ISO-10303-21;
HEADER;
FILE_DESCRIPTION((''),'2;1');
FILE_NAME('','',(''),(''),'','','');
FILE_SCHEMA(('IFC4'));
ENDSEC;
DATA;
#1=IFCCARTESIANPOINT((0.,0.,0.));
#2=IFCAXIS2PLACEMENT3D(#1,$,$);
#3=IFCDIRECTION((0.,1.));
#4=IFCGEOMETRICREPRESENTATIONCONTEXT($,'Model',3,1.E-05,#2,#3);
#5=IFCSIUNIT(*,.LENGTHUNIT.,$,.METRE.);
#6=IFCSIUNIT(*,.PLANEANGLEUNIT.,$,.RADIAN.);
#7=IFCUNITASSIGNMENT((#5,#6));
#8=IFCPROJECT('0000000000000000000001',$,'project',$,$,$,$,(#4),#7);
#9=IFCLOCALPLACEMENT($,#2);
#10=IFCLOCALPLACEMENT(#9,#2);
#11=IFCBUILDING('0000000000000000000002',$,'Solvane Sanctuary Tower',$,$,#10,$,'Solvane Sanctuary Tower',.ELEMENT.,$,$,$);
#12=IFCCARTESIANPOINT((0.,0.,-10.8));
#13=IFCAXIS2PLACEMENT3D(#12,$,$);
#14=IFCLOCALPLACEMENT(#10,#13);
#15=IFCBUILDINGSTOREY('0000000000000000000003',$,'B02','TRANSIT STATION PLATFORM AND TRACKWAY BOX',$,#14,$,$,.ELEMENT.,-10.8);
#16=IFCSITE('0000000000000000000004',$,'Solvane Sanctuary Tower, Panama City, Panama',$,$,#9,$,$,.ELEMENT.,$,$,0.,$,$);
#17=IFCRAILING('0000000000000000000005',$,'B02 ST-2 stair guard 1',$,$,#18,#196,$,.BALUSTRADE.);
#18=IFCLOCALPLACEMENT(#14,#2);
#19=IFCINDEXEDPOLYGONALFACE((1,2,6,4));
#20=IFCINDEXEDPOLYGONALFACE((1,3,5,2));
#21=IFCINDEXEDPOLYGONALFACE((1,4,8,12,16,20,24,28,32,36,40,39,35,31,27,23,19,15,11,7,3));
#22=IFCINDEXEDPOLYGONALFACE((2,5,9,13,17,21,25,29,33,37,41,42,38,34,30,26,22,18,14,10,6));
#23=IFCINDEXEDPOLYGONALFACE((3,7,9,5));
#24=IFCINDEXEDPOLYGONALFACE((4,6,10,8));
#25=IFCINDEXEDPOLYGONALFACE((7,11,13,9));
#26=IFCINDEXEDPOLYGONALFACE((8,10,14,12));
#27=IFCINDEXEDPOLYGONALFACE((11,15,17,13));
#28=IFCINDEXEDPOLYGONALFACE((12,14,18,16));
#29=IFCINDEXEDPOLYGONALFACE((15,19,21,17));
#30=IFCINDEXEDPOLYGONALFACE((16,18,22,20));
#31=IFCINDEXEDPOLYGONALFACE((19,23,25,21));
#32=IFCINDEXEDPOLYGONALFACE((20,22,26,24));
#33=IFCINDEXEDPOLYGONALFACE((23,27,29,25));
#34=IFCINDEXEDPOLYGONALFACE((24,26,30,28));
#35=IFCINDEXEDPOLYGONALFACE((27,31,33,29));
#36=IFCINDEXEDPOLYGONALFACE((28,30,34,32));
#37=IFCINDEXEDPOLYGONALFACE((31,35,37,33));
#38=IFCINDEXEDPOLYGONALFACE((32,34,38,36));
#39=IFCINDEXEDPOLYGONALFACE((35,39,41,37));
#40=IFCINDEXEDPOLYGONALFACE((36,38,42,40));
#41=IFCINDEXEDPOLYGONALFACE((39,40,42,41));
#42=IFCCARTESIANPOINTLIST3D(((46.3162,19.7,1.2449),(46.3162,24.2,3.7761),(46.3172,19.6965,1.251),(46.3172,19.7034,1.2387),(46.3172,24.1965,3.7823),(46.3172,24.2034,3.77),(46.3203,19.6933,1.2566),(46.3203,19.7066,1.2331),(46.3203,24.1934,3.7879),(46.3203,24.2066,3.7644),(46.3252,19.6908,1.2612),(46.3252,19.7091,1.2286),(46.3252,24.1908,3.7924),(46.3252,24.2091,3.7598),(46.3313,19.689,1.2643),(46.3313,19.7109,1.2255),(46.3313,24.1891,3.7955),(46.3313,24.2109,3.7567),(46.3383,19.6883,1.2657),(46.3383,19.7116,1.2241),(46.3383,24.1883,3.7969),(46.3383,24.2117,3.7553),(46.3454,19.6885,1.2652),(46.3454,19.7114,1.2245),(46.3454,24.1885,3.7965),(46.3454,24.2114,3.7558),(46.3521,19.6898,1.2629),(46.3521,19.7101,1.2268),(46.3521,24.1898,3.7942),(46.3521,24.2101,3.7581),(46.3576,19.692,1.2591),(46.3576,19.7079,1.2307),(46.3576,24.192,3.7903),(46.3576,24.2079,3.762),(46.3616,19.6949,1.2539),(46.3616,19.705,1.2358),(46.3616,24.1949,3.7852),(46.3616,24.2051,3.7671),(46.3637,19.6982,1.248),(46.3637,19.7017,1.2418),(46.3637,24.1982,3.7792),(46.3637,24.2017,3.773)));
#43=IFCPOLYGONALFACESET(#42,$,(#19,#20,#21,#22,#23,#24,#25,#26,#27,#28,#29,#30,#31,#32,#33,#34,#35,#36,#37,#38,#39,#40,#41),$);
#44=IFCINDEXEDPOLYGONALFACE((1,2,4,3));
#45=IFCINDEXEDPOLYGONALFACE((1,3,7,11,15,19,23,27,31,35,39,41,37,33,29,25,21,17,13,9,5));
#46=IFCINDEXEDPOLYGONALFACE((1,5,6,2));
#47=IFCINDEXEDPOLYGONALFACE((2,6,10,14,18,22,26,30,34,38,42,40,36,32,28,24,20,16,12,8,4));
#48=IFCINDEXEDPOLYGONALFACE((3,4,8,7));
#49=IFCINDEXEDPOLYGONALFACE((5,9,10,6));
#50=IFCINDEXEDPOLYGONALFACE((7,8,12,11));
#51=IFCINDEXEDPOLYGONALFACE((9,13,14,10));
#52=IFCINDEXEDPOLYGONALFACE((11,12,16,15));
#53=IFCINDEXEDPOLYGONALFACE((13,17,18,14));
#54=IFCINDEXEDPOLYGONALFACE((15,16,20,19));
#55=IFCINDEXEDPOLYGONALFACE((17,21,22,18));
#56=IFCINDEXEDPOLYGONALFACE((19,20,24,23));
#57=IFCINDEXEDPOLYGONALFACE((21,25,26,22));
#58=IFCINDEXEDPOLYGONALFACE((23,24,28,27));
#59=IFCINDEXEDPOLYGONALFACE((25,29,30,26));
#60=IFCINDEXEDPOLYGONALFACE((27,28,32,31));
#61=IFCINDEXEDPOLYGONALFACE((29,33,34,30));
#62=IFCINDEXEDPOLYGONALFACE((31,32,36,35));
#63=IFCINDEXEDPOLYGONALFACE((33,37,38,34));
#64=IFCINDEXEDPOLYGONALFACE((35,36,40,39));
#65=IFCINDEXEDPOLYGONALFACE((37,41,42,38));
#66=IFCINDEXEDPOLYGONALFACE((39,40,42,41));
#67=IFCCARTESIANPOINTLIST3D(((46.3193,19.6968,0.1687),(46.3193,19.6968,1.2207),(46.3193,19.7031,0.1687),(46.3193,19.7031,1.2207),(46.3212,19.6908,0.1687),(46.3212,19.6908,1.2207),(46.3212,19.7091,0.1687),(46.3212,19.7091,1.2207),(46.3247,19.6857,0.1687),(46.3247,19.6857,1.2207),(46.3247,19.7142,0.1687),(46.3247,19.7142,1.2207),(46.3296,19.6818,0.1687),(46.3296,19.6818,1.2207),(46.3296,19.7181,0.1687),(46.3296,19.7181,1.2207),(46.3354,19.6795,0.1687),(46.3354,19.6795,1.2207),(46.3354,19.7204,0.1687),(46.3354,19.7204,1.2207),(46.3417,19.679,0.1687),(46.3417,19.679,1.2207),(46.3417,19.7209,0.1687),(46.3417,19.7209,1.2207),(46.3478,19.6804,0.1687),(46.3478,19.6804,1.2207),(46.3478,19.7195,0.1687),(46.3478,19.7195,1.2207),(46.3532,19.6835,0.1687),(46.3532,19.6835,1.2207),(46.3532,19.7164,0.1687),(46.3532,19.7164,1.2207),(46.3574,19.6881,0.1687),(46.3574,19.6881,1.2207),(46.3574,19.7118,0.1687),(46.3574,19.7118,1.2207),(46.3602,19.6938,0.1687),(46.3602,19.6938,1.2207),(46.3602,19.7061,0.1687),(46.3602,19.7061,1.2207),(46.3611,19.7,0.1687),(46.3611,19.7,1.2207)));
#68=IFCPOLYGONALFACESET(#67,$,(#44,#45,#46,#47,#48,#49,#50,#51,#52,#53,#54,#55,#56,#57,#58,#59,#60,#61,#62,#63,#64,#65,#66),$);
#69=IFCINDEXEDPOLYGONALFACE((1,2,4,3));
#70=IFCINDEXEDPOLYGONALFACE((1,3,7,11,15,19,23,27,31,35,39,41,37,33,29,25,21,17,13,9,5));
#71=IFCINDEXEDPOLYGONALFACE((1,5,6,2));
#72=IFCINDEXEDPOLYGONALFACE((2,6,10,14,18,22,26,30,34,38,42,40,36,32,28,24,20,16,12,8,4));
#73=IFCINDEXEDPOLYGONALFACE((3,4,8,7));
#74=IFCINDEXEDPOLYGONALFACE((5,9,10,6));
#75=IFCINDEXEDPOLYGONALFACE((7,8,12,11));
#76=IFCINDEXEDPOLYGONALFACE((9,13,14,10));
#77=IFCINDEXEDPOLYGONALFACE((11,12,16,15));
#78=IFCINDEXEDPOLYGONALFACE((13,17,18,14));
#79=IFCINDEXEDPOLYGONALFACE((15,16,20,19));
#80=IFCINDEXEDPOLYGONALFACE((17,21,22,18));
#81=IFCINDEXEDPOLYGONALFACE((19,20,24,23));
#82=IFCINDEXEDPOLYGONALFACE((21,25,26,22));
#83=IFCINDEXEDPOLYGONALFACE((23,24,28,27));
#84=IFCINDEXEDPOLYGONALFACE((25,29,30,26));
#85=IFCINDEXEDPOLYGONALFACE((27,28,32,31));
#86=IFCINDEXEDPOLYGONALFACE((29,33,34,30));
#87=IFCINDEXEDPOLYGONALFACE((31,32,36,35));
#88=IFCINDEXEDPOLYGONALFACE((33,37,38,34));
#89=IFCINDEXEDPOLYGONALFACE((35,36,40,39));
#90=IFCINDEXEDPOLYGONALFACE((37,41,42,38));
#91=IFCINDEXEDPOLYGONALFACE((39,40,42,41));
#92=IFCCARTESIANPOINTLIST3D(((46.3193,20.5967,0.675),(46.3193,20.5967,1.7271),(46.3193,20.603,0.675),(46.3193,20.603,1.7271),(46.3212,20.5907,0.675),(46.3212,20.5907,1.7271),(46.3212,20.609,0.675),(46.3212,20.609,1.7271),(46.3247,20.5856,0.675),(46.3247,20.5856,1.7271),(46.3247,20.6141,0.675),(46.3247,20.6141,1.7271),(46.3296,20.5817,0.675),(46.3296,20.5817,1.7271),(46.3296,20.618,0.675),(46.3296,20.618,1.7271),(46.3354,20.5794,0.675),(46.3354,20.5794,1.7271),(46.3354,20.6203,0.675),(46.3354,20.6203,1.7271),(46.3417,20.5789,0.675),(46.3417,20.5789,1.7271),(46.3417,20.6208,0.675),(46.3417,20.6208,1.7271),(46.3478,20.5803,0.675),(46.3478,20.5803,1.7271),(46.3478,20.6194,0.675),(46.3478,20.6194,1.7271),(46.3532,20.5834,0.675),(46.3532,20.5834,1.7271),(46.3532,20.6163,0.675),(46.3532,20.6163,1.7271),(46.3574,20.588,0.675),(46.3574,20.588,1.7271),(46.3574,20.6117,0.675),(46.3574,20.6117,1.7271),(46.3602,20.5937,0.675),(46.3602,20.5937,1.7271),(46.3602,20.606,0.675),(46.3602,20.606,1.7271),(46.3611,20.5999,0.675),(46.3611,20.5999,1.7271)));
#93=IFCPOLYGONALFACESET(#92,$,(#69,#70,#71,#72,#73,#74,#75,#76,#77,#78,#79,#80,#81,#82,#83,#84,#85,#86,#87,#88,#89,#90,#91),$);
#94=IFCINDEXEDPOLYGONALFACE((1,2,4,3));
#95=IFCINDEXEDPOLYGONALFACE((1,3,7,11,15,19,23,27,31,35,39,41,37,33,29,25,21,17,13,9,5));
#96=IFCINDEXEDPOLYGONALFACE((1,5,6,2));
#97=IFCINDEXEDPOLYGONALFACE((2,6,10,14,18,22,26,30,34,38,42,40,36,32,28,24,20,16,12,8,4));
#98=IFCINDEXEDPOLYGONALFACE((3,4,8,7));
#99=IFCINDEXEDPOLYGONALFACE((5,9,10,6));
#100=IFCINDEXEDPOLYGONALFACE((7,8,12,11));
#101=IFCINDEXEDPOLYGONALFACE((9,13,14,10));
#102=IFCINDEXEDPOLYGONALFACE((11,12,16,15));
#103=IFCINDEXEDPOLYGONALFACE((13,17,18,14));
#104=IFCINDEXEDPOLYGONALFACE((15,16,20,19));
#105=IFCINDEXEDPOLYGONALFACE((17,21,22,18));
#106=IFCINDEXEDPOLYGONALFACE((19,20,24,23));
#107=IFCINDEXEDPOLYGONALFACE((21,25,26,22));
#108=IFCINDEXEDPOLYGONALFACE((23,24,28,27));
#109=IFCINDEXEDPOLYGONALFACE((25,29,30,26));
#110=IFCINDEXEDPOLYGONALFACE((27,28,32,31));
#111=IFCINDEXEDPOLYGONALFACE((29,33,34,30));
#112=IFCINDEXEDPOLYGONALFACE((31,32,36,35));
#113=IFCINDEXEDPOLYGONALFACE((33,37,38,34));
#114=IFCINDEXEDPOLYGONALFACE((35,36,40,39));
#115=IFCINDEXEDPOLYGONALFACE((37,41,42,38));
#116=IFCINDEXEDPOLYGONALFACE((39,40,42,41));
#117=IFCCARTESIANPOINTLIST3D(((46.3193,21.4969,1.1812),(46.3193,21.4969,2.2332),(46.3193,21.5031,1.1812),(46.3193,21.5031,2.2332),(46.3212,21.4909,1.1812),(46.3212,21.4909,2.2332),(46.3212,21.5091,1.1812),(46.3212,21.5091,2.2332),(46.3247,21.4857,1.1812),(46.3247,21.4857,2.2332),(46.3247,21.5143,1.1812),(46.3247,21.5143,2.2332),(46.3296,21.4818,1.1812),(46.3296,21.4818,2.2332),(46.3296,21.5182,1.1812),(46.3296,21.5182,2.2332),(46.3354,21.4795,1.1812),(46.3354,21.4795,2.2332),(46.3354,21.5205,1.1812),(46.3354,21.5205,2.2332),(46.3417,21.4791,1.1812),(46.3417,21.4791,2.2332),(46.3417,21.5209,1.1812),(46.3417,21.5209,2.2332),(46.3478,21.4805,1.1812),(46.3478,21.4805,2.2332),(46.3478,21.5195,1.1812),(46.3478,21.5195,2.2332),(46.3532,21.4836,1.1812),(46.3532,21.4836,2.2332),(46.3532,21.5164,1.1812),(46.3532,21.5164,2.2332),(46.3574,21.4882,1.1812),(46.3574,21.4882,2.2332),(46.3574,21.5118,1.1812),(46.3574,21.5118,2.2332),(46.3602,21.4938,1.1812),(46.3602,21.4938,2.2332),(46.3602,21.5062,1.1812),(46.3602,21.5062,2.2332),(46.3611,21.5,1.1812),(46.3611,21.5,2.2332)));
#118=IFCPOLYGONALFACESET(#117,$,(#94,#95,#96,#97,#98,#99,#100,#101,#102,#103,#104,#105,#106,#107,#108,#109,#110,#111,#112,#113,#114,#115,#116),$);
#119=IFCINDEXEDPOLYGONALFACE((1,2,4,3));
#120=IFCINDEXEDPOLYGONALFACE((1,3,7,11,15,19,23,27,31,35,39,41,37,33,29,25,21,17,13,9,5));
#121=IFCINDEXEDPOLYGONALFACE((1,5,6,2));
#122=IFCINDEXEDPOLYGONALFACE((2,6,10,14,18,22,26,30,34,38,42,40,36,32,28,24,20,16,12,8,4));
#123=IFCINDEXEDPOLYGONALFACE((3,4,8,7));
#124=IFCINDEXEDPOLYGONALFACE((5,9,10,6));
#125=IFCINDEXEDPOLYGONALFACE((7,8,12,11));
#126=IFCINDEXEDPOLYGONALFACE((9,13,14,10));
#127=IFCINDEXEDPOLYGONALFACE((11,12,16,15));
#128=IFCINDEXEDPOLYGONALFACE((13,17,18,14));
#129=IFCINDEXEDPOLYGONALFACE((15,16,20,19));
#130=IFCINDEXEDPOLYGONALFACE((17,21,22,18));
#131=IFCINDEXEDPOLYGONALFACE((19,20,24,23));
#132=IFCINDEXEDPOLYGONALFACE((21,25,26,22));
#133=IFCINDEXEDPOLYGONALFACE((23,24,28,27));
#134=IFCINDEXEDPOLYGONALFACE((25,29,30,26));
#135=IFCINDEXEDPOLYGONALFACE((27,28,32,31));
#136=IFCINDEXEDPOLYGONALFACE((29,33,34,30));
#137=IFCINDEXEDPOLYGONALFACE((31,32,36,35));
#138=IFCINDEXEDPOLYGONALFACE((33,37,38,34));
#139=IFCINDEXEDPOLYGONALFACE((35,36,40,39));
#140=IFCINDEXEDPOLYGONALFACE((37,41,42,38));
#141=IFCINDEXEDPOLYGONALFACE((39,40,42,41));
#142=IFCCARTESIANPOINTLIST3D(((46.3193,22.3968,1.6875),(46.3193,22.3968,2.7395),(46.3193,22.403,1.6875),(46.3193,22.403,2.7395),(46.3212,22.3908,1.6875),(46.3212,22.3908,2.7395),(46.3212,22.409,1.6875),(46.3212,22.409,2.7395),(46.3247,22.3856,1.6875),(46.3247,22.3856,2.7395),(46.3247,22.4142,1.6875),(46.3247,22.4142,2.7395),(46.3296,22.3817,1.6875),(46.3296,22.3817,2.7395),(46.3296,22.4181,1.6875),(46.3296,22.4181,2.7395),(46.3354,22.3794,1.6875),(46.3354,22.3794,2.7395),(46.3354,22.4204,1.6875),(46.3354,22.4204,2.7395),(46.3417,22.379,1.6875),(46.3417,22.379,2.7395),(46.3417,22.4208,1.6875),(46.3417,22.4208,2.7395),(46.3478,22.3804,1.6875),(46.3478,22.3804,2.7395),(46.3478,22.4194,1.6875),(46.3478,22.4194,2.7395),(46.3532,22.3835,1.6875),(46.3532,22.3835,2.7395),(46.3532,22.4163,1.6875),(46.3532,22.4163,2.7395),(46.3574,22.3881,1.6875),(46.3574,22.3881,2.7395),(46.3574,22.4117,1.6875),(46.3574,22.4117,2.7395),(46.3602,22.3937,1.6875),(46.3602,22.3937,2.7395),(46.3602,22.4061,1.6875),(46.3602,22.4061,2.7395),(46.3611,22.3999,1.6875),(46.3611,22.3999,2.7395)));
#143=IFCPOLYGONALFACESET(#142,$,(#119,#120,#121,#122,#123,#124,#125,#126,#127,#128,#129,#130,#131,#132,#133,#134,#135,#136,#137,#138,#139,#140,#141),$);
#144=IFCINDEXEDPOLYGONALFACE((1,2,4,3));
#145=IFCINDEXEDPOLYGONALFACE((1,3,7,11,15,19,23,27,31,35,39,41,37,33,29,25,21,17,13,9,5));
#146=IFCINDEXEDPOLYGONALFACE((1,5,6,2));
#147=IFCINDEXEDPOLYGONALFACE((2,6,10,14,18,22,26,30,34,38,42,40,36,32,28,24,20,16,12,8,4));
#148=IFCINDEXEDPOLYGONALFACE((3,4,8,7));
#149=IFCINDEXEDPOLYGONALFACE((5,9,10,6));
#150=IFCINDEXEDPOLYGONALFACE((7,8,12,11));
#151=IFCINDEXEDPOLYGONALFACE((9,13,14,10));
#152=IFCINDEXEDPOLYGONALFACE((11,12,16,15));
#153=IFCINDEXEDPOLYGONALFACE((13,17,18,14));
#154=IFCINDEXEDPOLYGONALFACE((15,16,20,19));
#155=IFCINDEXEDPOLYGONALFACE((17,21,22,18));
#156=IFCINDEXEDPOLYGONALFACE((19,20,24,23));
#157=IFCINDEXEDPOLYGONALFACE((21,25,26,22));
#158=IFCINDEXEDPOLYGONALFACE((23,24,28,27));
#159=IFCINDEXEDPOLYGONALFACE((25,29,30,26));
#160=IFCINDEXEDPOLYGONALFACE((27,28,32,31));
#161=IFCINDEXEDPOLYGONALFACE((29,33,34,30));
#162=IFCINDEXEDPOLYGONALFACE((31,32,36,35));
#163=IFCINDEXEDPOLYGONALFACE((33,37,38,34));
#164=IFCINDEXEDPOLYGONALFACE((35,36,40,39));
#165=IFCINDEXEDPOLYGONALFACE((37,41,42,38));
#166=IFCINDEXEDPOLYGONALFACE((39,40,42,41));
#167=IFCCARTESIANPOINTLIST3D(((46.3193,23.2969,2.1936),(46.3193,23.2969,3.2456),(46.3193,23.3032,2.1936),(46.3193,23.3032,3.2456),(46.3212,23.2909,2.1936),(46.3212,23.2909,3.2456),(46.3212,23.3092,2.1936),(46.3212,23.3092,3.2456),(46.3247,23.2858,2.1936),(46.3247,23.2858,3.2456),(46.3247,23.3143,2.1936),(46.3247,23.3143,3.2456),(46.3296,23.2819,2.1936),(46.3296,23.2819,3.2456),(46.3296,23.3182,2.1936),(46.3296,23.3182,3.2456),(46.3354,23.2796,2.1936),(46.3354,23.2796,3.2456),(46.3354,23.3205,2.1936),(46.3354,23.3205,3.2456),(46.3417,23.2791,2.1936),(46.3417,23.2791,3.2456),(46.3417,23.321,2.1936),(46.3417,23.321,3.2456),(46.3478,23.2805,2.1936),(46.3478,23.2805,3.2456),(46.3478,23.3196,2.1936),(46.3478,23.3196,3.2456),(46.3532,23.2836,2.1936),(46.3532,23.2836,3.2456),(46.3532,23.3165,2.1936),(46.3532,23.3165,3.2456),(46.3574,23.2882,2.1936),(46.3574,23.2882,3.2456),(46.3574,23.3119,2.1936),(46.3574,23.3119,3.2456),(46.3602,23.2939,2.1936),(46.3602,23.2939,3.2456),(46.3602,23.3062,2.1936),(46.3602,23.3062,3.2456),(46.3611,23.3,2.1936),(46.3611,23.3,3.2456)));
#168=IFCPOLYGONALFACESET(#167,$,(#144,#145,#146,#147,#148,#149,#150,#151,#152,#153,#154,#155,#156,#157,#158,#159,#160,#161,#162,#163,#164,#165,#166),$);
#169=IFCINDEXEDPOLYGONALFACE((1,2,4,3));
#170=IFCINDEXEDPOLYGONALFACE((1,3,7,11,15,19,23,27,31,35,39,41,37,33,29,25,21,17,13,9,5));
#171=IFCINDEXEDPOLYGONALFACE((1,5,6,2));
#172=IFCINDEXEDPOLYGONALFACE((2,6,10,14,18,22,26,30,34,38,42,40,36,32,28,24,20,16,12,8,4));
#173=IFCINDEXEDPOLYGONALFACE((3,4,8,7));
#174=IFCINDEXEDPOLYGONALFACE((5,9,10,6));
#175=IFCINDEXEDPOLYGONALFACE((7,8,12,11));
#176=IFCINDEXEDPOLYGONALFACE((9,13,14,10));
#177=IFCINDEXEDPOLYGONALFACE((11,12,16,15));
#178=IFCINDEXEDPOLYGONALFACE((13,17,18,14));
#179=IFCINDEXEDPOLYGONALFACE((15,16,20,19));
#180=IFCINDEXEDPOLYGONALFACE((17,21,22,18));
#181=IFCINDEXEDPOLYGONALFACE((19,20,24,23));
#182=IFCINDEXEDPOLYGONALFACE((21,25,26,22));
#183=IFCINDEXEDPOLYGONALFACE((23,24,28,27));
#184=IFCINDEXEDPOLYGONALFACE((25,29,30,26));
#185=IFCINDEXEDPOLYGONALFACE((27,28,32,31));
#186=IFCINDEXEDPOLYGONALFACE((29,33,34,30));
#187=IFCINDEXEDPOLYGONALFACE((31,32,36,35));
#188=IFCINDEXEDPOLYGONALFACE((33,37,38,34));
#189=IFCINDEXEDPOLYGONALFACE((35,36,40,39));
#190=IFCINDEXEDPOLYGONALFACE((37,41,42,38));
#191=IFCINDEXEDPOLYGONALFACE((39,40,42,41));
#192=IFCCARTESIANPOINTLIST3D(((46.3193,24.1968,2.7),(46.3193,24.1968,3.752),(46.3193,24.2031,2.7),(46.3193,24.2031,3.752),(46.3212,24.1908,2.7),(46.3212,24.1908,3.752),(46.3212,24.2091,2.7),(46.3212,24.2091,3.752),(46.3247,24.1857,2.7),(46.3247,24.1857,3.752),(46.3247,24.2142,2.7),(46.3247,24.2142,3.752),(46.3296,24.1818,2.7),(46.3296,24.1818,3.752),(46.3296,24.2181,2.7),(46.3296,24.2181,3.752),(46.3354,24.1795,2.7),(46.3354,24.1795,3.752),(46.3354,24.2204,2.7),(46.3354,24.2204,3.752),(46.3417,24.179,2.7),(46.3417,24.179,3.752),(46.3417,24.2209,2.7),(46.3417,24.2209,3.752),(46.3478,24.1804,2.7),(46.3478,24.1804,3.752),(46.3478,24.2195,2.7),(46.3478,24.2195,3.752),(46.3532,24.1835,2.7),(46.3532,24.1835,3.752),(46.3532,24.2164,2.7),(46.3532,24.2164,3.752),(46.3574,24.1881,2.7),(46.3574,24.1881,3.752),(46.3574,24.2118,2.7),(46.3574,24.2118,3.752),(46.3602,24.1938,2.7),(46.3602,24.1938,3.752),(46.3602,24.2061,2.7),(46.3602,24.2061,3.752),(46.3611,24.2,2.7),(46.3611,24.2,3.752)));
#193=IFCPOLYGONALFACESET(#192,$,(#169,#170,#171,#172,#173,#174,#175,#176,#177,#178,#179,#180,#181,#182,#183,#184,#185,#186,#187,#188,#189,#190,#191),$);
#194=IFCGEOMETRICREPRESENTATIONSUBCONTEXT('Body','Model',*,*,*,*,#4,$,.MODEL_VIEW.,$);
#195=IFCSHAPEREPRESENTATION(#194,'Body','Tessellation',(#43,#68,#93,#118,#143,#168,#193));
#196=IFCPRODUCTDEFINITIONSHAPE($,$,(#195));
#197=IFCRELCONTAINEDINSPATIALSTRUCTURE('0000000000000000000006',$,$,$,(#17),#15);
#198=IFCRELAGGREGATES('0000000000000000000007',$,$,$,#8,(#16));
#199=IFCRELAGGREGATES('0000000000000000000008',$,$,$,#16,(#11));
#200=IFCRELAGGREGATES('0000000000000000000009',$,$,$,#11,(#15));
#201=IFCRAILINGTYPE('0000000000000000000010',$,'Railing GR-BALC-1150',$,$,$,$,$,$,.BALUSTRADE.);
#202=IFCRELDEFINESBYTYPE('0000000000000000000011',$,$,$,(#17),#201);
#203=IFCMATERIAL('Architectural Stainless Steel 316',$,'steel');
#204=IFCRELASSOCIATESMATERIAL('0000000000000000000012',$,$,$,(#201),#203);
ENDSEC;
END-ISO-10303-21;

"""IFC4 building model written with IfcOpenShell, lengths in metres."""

from ifc_helpers import new_model, si_unit, direction, frame, origin, origin_2d, place, context, subcontext, project, spatial, circle, extrude, material, type_object, element, save


model = new_model("IFC4")

# Units and contexts
model_context = context("Model", 3, precision=1e-05, world=origin(), true_north=direction((0.0, 1.0)))
body_context = subcontext(model_context, "Body", "Model", "MODEL_VIEW")
ifc_project = project(units=[si_unit("LENGTHUNIT", "METRE"), si_unit("PLANEANGLEUNIT", "RADIAN")], contexts=[model_context])

# Site, building, storey
site_placement = place(None, origin())
site = spatial("IfcSite", under=ifc_project, at=site_placement, Name="Solvane Sanctuary Tower, Panama City, Panama", CompositionType="ELEMENT", RefElevation=0.0)
building_placement = place(site_placement, origin())
building = spatial("IfcBuilding", under=site, at=building_placement, Name="Solvane Sanctuary Tower", LongName="Solvane Sanctuary Tower", CompositionType="ELEMENT")
storey_placement = place(building_placement, frame((0.0, 0.0, -10.8)))
storey = spatial("IfcBuildingStorey", under=building, at=storey_placement, Name="B02", Description="TRANSIT STATION PLATFORM AND TRACKWAY BOX", CompositionType="ELEMENT", Elevation=-10.8)

# Railing
ifc_material_1 = material(Name="Architectural Stainless Steel 316", Category="steel")
railing_type_1 = type_object("IfcRailingType", Name="Railing GR-BALC-1150", PredefinedType="BALUSTRADE", material=ifc_material_1)
railing_1_placement = place(storey_placement, frame((46.3401, 19.7, 0.1687)))
element("IfcRailing", 1, at=railing_1_placement, inside=storey, type_object=railing_type_1, Name="B02 ST-2 stair guard 1", PredefinedType="BALUSTRADE", context=body_context, shape_type="SweptSolid", body=[
    extrude(circle(Radius=0.0239, at=origin_2d()), frame((0.0, 0.0, 1.0762), z_axis=(0.0, 0.871576, 0.490261), x_axis=(-1.0, 0.0, 0.0)), (0.0, 0.0, 1.0), 5.1631),
    extrude(circle(Radius=0.021, at=origin_2d()), origin(), (0.0, 0.0, 1.0), 1.052),
    extrude(circle(Radius=0.021, at=origin_2d()), frame((0.0, 0.8999, 0.5063)), (0.0, 0.0, 1.0), 1.052),
    extrude(circle(Radius=0.021, at=origin_2d()), frame((0.0, 1.8, 1.0125)), (0.0, 0.0, 1.0), 1.052),
    extrude(circle(Radius=0.021, at=origin_2d()), frame((0.0, 2.7, 1.5188)), (0.0, 0.0, 1.0), 1.052),
    extrude(circle(Radius=0.021, at=origin_2d()), frame((0.0, 3.6001, 2.0249)), (0.0, 0.0, 1.0), 1.052),
    extrude(circle(Radius=0.021, at=origin_2d()), frame((0.0, 4.5, 2.5312)), (0.0, 0.0, 1.0), 1.052),
])

save(model, "model.ifc")
